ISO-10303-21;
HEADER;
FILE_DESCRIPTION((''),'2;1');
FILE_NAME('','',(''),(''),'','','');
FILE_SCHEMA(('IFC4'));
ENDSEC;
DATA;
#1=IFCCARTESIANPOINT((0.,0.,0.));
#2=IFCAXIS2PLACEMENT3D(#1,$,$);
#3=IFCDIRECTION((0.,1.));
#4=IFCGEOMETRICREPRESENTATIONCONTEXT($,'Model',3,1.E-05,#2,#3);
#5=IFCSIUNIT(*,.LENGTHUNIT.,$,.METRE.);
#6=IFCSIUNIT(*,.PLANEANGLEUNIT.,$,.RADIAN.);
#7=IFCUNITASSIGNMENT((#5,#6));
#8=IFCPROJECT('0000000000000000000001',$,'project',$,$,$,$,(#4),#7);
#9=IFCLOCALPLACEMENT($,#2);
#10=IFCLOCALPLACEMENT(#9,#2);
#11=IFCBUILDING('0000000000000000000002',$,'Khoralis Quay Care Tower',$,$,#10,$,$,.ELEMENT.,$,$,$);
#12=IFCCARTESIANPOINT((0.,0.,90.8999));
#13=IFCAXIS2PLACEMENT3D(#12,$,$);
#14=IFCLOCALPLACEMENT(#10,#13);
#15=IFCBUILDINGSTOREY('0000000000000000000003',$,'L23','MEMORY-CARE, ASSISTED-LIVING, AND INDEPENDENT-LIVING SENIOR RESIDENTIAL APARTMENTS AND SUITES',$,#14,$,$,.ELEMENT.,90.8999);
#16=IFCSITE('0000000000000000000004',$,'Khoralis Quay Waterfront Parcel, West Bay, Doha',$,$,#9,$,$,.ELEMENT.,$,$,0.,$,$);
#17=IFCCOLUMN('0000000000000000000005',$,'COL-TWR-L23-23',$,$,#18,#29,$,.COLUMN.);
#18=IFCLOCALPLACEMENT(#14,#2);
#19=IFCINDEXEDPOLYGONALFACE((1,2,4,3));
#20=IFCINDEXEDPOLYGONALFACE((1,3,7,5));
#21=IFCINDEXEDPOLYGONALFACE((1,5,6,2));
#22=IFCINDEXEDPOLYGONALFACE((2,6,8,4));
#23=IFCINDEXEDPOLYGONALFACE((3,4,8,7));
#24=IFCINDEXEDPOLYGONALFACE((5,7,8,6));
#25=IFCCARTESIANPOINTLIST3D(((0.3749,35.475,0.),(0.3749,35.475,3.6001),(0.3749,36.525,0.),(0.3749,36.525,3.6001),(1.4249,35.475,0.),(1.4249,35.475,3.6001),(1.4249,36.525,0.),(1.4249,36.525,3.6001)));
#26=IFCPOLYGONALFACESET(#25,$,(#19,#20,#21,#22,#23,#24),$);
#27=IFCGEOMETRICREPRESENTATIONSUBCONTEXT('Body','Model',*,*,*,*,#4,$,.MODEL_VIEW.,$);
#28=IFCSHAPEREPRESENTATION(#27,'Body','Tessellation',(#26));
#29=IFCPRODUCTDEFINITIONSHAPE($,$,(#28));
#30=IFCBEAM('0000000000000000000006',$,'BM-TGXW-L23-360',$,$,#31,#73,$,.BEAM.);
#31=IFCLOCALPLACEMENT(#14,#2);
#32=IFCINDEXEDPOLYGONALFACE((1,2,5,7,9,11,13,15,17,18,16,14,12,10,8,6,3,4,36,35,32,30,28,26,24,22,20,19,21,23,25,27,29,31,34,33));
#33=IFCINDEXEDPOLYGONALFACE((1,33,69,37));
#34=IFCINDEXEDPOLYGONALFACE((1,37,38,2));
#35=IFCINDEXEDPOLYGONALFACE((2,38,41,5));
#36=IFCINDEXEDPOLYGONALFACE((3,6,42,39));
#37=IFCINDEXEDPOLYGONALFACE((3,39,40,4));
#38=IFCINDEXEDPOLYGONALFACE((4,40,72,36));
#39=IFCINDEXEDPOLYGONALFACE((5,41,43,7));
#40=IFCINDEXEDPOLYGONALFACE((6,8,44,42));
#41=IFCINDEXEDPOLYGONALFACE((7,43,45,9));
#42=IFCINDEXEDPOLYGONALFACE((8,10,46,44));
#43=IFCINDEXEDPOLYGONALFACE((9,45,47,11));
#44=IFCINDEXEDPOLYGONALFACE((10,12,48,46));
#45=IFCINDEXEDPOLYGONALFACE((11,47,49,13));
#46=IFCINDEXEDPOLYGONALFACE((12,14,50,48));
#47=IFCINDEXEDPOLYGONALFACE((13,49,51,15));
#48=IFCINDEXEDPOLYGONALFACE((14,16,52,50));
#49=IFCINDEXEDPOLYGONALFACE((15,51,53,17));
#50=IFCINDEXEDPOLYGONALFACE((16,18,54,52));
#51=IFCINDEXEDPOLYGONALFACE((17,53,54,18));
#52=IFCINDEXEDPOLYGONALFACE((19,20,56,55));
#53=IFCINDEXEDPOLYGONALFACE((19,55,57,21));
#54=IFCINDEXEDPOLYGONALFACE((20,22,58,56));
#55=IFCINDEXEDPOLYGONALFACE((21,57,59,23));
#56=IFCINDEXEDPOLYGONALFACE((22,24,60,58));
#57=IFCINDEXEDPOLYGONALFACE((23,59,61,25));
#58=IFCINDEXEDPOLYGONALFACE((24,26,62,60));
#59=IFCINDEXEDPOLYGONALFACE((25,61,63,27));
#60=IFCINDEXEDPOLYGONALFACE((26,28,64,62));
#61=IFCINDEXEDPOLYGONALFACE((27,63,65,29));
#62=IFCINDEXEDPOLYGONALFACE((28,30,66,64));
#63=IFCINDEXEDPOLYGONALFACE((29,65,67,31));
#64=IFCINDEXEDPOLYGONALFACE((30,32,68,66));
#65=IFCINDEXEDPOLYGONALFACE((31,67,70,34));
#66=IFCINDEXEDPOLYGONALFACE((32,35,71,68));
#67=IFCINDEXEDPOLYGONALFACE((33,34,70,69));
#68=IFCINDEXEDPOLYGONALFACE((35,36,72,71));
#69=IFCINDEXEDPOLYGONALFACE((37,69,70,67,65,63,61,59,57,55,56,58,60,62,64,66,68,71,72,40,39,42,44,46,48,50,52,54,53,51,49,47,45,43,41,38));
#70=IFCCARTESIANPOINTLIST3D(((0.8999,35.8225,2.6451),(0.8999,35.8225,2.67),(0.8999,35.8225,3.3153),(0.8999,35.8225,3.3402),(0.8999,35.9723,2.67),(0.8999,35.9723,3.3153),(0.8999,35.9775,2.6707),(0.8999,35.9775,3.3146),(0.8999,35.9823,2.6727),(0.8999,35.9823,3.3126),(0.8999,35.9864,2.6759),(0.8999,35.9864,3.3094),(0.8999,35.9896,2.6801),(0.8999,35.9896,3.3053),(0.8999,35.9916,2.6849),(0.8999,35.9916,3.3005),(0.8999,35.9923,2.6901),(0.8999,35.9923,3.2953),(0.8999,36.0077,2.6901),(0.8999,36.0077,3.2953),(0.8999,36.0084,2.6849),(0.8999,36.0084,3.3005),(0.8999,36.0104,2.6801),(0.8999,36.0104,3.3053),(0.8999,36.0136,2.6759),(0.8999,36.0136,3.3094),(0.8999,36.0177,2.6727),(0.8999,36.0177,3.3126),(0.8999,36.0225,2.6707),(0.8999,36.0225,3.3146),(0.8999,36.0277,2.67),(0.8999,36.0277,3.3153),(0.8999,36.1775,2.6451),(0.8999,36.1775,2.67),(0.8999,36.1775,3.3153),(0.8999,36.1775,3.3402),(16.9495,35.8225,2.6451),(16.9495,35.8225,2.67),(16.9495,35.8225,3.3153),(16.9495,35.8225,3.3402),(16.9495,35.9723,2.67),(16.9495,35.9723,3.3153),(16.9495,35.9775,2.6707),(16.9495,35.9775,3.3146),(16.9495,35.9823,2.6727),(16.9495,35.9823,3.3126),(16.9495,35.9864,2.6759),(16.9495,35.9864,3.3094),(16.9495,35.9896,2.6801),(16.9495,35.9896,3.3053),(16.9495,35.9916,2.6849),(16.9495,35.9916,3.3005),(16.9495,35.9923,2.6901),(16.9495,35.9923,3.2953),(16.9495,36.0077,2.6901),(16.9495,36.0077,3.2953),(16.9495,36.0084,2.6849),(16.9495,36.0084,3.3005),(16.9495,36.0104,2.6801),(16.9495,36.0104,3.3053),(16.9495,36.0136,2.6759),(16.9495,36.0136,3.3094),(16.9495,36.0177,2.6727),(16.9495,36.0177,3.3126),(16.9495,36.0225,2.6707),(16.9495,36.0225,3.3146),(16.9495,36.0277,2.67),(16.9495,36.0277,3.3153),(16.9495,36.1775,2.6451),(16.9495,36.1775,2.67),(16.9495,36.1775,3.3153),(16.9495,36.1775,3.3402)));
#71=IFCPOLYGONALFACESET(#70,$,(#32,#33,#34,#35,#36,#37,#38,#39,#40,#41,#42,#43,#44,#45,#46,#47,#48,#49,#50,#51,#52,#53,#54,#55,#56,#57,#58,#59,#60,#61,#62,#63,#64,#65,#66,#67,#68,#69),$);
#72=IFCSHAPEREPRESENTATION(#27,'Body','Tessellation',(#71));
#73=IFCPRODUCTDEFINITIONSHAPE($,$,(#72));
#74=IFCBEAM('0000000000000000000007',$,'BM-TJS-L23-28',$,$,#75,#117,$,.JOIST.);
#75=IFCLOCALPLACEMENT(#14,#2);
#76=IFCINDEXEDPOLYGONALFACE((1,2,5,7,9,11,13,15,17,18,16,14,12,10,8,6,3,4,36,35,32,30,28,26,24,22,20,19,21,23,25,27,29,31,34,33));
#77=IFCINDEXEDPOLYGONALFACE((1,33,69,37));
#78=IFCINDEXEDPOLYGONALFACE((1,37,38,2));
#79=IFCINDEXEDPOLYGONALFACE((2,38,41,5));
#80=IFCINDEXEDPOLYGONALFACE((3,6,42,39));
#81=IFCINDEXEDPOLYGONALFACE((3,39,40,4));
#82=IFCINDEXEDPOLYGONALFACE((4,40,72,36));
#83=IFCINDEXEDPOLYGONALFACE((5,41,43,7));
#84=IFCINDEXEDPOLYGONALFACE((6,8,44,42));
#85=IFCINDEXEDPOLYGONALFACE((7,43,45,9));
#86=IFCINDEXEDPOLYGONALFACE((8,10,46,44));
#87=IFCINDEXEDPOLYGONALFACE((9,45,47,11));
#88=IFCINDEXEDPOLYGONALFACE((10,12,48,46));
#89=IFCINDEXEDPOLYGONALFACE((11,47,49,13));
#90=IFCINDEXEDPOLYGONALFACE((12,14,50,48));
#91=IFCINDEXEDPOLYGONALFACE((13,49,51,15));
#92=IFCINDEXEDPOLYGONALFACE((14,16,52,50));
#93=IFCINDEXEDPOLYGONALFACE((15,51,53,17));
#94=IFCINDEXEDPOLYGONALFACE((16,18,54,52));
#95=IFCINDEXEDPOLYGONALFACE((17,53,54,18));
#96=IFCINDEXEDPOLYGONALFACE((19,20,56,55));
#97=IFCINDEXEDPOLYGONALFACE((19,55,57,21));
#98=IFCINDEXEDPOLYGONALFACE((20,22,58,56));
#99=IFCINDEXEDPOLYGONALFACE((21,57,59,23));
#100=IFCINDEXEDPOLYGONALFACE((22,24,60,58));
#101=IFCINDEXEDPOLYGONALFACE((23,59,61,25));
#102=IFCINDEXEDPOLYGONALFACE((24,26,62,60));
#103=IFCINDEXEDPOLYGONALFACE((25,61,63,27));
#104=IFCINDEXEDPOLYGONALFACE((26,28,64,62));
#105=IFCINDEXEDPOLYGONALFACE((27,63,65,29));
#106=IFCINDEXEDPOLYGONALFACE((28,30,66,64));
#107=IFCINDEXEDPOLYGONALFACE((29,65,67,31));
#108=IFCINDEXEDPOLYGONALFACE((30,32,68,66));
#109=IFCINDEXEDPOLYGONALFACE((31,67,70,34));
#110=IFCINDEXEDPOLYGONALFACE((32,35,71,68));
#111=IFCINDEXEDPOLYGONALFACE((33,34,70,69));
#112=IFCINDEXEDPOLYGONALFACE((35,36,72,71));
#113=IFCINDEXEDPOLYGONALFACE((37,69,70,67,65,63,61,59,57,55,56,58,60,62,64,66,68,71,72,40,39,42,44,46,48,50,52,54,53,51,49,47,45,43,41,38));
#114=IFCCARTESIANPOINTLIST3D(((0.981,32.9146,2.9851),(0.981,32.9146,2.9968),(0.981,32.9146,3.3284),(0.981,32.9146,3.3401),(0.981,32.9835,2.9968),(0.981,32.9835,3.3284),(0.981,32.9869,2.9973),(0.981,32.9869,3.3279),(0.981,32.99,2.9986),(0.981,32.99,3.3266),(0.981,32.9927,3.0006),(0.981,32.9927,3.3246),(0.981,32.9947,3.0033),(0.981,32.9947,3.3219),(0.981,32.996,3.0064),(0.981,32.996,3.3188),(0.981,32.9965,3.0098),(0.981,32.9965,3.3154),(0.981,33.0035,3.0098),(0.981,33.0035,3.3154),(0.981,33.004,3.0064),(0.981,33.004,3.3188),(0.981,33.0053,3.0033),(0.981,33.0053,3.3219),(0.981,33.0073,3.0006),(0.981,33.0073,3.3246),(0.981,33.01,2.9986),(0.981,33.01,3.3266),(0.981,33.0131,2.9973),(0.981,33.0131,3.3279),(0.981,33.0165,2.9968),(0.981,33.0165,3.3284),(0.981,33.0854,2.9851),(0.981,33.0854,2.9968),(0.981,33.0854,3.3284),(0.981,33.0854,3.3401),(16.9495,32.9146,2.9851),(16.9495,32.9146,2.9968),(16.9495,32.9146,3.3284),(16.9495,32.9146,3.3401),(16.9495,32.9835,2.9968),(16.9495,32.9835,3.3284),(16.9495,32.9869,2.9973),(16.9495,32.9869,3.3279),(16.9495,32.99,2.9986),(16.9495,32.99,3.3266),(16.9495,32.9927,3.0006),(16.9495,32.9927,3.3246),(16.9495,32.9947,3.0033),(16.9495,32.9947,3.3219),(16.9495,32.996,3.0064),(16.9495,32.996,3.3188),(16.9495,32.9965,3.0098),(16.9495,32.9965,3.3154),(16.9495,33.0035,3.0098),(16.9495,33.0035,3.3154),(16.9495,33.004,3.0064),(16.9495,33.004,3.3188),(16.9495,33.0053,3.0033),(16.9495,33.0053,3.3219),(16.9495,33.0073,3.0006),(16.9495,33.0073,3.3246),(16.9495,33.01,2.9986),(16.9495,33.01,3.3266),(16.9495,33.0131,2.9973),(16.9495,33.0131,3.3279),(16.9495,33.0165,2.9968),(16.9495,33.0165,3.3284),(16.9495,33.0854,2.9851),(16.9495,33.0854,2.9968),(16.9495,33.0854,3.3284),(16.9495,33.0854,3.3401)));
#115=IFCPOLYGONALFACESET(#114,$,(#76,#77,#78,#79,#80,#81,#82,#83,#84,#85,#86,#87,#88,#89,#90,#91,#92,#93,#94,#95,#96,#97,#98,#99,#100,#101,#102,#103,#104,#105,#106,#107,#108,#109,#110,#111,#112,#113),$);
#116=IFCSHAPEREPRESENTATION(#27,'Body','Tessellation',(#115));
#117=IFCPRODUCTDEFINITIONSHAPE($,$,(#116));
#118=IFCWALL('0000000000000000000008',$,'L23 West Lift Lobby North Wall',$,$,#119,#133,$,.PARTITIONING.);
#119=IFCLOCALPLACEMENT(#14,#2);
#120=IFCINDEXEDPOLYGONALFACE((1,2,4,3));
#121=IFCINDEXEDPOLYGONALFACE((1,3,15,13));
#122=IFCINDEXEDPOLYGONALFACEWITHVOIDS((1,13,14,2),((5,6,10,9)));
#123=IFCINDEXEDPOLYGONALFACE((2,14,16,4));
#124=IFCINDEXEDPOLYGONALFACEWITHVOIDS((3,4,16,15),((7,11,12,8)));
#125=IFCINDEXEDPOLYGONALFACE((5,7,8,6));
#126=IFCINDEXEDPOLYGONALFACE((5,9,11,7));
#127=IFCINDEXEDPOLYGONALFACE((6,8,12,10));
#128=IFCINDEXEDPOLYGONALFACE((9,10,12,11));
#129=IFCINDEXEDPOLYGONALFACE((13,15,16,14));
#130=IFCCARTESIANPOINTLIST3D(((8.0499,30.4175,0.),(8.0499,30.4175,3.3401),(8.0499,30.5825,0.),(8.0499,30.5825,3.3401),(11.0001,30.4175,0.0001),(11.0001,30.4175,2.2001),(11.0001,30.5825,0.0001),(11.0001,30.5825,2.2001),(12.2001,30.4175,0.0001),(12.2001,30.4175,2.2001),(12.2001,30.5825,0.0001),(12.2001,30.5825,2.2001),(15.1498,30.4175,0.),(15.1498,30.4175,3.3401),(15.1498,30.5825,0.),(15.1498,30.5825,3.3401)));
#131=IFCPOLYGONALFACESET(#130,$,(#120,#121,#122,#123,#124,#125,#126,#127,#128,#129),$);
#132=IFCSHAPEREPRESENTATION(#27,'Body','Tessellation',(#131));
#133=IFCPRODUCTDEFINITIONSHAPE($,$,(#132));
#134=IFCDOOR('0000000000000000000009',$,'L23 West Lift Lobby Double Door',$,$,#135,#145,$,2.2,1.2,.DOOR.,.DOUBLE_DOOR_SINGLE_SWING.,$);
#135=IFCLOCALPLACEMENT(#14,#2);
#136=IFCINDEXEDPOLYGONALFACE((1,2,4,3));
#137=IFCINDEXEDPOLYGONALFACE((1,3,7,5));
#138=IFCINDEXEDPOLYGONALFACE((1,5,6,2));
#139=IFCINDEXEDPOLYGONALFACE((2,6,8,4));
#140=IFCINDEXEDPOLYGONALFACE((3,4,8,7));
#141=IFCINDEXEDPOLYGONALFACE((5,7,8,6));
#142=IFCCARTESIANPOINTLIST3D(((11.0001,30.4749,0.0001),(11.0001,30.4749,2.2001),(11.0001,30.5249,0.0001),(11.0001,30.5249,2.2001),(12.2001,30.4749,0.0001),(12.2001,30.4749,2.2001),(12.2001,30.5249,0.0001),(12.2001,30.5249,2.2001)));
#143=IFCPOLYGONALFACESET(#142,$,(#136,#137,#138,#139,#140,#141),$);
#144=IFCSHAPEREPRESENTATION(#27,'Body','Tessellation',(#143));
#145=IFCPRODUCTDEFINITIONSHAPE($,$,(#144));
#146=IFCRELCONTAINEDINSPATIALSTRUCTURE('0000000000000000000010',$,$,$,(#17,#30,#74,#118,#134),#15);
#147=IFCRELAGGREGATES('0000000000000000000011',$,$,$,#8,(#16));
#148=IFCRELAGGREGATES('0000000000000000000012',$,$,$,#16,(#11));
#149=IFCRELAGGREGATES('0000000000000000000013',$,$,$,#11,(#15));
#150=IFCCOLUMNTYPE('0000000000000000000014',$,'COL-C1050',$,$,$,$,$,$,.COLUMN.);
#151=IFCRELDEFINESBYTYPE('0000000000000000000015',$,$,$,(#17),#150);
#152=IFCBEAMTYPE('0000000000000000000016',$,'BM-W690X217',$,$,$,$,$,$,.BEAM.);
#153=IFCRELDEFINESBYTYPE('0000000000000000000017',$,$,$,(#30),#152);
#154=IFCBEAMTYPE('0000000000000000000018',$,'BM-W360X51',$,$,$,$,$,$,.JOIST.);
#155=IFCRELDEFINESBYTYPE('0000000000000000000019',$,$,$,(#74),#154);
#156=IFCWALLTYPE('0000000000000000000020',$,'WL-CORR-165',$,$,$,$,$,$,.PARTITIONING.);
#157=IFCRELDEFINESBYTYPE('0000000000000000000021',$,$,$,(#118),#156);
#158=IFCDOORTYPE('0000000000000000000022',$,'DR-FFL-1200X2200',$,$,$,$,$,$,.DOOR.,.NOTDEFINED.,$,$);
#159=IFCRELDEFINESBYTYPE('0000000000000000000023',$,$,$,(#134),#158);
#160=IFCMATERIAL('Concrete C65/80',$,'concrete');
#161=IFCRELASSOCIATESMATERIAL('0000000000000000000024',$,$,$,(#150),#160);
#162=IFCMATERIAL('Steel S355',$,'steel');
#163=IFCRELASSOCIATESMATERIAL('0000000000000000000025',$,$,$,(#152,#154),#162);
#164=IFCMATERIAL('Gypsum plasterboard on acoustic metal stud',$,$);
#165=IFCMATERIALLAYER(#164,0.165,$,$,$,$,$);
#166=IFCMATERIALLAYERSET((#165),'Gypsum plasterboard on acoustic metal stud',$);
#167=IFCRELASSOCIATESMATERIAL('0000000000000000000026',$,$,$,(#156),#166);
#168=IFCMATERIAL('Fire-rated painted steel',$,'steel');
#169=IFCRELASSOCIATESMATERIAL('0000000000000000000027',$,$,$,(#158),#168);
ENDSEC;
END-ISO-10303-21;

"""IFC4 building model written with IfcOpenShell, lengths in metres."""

from ifc_helpers import new_model, si_unit, direction, frame, frame_2d, origin, origin_2d, place, context, subcontext, project, spatial, rectangle, i_section, extrude, source, transform, mapped, material, layer, layer_set, material_profile, profile_set, type_object, element, fill, save


model = new_model("IFC4")

# Units and contexts
model_context = context("Model", 3, precision=1e-05, world=origin(), true_north=direction((0.0, 1.0)))
body_context = subcontext(model_context, "Body", "Model", "MODEL_VIEW")
ifc_project = project(units=[si_unit("LENGTHUNIT", "METRE"), si_unit("PLANEANGLEUNIT", "RADIAN")], contexts=[model_context])

# Site, building, storey
site_placement = place(None, origin())
site = spatial("IfcSite", under=ifc_project, at=site_placement, Name="Khoralis Quay Waterfront Parcel, West Bay, Doha", CompositionType="ELEMENT", RefElevation=0.0)
building_placement = place(site_placement, origin())
building = spatial("IfcBuilding", under=site, at=building_placement, Name="Khoralis Quay Care Tower", CompositionType="ELEMENT")
storey_placement = place(building_placement, frame((0.0, 0.0, 90.8999)))
storey = spatial("IfcBuildingStorey", under=building, at=storey_placement, Name="L23", Description="MEMORY-CARE, ASSISTED-LIVING, AND INDEPENDENT-LIVING SENIOR RESIDENTIAL APARTMENTS AND SUITES", CompositionType="ELEMENT", Elevation=90.8999)

# Column
ifc_material_1 = material(Name="Concrete C65/80", Category="concrete")
ifc_material_profile_1 = material_profile(ifc_material_1, rectangle(XDim=1.05, YDim=1.05, at=origin_2d()), Name="Concrete C65/80")
ifc_profile_set_1 = profile_set([ifc_material_profile_1], Name="Concrete C65/80")
column_type = type_object("IfcColumnType", Name="COL-C1050", PredefinedType="COLUMN", material=ifc_profile_set_1)
shared_shape_1 = source(origin(), body_context, "Body", "SweptSolid", [
    extrude(rectangle(XDim=1.05, YDim=1.05, at=origin_2d()), origin(), (0.0, 0.0, 1.0), 3.6001),
])
column_placement = place(storey_placement, frame((0.8999, 36.0, 0.0), z_axis=(0.0, 0.0, 1.0), x_axis=(1.0, 0.0, 0.0)))
element("IfcColumn", 1, at=column_placement, inside=storey, type_object=column_type, Name="COL-TWR-L23-23", PredefinedType="COLUMN", context=body_context, shape_type="MappedRepresentation", body=[
    mapped(shared_shape_1, transform((0.0, 0.0, 0.0), scale=1.0)),
])

# Beams
ifc_material_2 = material(Name="Steel S355", Category="steel")
ifc_material_profile_2 = material_profile(ifc_material_2, i_section(OverallWidth=0.355, OverallDepth=0.6951, WebThickness=0.0154, FlangeThickness=0.0249, FilletRadius=0.02, at=origin_2d()), Name="Steel S355")
ifc_profile_set_2 = profile_set([ifc_material_profile_2], Name="Steel S355")
beam_type_1 = type_object("IfcBeamType", Name="BM-W690X217", PredefinedType="BEAM", material=ifc_profile_set_2)
shared_shape_2 = source(origin(), body_context, "Body", "SweptSolid", [
    extrude(i_section(OverallWidth=0.355, OverallDepth=0.6951, WebThickness=0.0154, FlangeThickness=0.0249, FilletRadius=0.02, at=origin_2d()), origin(), (0.0, 0.0, 1.0), 16.0496),
])
beam_1_placement = place(storey_placement, frame((0.8999, 36.0, 2.9927), z_axis=(1.0, 0.0, 0.0), x_axis=(0.0, 1.0, 0.0)))
element("IfcBeam", 2, at=beam_1_placement, inside=storey, type_object=beam_type_1, Name="BM-TGXW-L23-360", PredefinedType="BEAM", context=body_context, shape_type="MappedRepresentation", body=[
    mapped(shared_shape_2, transform((0.0, 0.0, 0.0), scale=1.0)),
])
ifc_material_profile_3 = material_profile(ifc_material_2, i_section(OverallWidth=0.1709, OverallDepth=0.355, WebThickness=0.0071, FlangeThickness=0.0117, FilletRadius=0.0129, at=origin_2d()), Name="Steel S355")
ifc_profile_set_3 = profile_set([ifc_material_profile_3], Name="Steel S355")
beam_type_2 = type_object("IfcBeamType", Name="BM-W360X51", PredefinedType="JOIST", material=ifc_profile_set_3)
shared_shape_3 = source(origin(), body_context, "Body", "SweptSolid", [
    extrude(i_section(OverallWidth=0.1709, OverallDepth=0.355, WebThickness=0.0071, FlangeThickness=0.0117, FilletRadius=0.0129, at=origin_2d()), origin(), (0.0, 0.0, 1.0), 15.9685),
])
beam_2_placement = place(storey_placement, frame((0.981, 33.0, 3.1626), z_axis=(1.0, 0.0, 0.0), x_axis=(0.0, 1.0, 0.0)))
element("IfcBeam", 3, at=beam_2_placement, inside=storey, type_object=beam_type_2, Name="BM-TJS-L23-28", PredefinedType="JOIST", context=body_context, shape_type="MappedRepresentation", body=[
    mapped(shared_shape_3, transform((0.0, 0.0, 0.0), scale=1.0)),
])

# Wall, opening, door
ifc_material_3 = material(Name="Gypsum plasterboard on acoustic metal stud")
ifc_layer_1 = layer(ifc_material_3, 0.165)
ifc_layer_set_1 = layer_set([ifc_layer_1], Name="Gypsum plasterboard on acoustic metal stud")
wall_type_1 = type_object("IfcWallType", Name="WL-CORR-165", PredefinedType="PARTITIONING", material=ifc_layer_set_1)
wall_1_placement = place(storey_placement, frame((8.05, 30.5, 0.0), z_axis=(0.0, 0.0, 1.0), x_axis=(1.0, 0.0, 0.0)))
wall_1 = element("IfcWall", 4, at=wall_1_placement, inside=storey, type_object=wall_type_1, Name="L23 West Lift Lobby North Wall", PredefinedType="PARTITIONING", context=body_context, shape_type="SweptSolid", body=[
    extrude(rectangle(XDim=7.0999, YDim=0.165, at=frame_2d((3.5498, 0.0))), origin(), (0.0, 0.0, 1.0), 3.3401),
])
opening_1_placement = place(wall_1_placement, frame((2.95, 0.0, 0.0)))
opening_1 = element("IfcOpeningElement", 5, at=opening_1_placement, cuts=wall_1, PredefinedType="OPENING", context=body_context, shape_type="SweptSolid", body=[
    extrude(rectangle(XDim=1.2, YDim=2.2, at=frame_2d((0.6001, 1.1001))), frame((0.0, 0.0925, 0.0), z_axis=(0.0, -1.0, 0.0), x_axis=(1.0, 0.0, 0.0)), (0.0, 0.0, 1.0), 0.1851),
])
ifc_material_4 = material(Name="Fire-rated painted steel", Category="steel")
door_type_1 = type_object("IfcDoorType", Name="DR-FFL-1200X2200", OperationType="NOTDEFINED", PredefinedType="DOOR", material=ifc_material_4)
shared_shape_4 = source(origin(), body_context, "Body", "SweptSolid", [
    extrude(rectangle(XDim=1.2, YDim=2.2, at=frame_2d((0.6001, 1.1001))), frame((0.0, 0.0249, 0.0), z_axis=(0.0, -1.0, 0.0), x_axis=(1.0, 0.0, 0.0)), (0.0, 0.0, 1.0), 0.05),
])
door_1_placement = place(opening_1_placement, origin())
door_1 = element("IfcDoor", 6, at=door_1_placement, inside=storey, type_object=door_type_1, Name="L23 West Lift Lobby Double Door", OperationType="DOUBLE_DOOR_SINGLE_SWING", OverallHeight=2.2, OverallWidth=1.2, PredefinedType="DOOR", context=body_context, shape_type="MappedRepresentation", body=[
    mapped(shared_shape_4, transform((0.0, 0.0, 0.0), scale=1.0)),
])
fill(opening_1, door_1)

save(model, "model.ifc")
